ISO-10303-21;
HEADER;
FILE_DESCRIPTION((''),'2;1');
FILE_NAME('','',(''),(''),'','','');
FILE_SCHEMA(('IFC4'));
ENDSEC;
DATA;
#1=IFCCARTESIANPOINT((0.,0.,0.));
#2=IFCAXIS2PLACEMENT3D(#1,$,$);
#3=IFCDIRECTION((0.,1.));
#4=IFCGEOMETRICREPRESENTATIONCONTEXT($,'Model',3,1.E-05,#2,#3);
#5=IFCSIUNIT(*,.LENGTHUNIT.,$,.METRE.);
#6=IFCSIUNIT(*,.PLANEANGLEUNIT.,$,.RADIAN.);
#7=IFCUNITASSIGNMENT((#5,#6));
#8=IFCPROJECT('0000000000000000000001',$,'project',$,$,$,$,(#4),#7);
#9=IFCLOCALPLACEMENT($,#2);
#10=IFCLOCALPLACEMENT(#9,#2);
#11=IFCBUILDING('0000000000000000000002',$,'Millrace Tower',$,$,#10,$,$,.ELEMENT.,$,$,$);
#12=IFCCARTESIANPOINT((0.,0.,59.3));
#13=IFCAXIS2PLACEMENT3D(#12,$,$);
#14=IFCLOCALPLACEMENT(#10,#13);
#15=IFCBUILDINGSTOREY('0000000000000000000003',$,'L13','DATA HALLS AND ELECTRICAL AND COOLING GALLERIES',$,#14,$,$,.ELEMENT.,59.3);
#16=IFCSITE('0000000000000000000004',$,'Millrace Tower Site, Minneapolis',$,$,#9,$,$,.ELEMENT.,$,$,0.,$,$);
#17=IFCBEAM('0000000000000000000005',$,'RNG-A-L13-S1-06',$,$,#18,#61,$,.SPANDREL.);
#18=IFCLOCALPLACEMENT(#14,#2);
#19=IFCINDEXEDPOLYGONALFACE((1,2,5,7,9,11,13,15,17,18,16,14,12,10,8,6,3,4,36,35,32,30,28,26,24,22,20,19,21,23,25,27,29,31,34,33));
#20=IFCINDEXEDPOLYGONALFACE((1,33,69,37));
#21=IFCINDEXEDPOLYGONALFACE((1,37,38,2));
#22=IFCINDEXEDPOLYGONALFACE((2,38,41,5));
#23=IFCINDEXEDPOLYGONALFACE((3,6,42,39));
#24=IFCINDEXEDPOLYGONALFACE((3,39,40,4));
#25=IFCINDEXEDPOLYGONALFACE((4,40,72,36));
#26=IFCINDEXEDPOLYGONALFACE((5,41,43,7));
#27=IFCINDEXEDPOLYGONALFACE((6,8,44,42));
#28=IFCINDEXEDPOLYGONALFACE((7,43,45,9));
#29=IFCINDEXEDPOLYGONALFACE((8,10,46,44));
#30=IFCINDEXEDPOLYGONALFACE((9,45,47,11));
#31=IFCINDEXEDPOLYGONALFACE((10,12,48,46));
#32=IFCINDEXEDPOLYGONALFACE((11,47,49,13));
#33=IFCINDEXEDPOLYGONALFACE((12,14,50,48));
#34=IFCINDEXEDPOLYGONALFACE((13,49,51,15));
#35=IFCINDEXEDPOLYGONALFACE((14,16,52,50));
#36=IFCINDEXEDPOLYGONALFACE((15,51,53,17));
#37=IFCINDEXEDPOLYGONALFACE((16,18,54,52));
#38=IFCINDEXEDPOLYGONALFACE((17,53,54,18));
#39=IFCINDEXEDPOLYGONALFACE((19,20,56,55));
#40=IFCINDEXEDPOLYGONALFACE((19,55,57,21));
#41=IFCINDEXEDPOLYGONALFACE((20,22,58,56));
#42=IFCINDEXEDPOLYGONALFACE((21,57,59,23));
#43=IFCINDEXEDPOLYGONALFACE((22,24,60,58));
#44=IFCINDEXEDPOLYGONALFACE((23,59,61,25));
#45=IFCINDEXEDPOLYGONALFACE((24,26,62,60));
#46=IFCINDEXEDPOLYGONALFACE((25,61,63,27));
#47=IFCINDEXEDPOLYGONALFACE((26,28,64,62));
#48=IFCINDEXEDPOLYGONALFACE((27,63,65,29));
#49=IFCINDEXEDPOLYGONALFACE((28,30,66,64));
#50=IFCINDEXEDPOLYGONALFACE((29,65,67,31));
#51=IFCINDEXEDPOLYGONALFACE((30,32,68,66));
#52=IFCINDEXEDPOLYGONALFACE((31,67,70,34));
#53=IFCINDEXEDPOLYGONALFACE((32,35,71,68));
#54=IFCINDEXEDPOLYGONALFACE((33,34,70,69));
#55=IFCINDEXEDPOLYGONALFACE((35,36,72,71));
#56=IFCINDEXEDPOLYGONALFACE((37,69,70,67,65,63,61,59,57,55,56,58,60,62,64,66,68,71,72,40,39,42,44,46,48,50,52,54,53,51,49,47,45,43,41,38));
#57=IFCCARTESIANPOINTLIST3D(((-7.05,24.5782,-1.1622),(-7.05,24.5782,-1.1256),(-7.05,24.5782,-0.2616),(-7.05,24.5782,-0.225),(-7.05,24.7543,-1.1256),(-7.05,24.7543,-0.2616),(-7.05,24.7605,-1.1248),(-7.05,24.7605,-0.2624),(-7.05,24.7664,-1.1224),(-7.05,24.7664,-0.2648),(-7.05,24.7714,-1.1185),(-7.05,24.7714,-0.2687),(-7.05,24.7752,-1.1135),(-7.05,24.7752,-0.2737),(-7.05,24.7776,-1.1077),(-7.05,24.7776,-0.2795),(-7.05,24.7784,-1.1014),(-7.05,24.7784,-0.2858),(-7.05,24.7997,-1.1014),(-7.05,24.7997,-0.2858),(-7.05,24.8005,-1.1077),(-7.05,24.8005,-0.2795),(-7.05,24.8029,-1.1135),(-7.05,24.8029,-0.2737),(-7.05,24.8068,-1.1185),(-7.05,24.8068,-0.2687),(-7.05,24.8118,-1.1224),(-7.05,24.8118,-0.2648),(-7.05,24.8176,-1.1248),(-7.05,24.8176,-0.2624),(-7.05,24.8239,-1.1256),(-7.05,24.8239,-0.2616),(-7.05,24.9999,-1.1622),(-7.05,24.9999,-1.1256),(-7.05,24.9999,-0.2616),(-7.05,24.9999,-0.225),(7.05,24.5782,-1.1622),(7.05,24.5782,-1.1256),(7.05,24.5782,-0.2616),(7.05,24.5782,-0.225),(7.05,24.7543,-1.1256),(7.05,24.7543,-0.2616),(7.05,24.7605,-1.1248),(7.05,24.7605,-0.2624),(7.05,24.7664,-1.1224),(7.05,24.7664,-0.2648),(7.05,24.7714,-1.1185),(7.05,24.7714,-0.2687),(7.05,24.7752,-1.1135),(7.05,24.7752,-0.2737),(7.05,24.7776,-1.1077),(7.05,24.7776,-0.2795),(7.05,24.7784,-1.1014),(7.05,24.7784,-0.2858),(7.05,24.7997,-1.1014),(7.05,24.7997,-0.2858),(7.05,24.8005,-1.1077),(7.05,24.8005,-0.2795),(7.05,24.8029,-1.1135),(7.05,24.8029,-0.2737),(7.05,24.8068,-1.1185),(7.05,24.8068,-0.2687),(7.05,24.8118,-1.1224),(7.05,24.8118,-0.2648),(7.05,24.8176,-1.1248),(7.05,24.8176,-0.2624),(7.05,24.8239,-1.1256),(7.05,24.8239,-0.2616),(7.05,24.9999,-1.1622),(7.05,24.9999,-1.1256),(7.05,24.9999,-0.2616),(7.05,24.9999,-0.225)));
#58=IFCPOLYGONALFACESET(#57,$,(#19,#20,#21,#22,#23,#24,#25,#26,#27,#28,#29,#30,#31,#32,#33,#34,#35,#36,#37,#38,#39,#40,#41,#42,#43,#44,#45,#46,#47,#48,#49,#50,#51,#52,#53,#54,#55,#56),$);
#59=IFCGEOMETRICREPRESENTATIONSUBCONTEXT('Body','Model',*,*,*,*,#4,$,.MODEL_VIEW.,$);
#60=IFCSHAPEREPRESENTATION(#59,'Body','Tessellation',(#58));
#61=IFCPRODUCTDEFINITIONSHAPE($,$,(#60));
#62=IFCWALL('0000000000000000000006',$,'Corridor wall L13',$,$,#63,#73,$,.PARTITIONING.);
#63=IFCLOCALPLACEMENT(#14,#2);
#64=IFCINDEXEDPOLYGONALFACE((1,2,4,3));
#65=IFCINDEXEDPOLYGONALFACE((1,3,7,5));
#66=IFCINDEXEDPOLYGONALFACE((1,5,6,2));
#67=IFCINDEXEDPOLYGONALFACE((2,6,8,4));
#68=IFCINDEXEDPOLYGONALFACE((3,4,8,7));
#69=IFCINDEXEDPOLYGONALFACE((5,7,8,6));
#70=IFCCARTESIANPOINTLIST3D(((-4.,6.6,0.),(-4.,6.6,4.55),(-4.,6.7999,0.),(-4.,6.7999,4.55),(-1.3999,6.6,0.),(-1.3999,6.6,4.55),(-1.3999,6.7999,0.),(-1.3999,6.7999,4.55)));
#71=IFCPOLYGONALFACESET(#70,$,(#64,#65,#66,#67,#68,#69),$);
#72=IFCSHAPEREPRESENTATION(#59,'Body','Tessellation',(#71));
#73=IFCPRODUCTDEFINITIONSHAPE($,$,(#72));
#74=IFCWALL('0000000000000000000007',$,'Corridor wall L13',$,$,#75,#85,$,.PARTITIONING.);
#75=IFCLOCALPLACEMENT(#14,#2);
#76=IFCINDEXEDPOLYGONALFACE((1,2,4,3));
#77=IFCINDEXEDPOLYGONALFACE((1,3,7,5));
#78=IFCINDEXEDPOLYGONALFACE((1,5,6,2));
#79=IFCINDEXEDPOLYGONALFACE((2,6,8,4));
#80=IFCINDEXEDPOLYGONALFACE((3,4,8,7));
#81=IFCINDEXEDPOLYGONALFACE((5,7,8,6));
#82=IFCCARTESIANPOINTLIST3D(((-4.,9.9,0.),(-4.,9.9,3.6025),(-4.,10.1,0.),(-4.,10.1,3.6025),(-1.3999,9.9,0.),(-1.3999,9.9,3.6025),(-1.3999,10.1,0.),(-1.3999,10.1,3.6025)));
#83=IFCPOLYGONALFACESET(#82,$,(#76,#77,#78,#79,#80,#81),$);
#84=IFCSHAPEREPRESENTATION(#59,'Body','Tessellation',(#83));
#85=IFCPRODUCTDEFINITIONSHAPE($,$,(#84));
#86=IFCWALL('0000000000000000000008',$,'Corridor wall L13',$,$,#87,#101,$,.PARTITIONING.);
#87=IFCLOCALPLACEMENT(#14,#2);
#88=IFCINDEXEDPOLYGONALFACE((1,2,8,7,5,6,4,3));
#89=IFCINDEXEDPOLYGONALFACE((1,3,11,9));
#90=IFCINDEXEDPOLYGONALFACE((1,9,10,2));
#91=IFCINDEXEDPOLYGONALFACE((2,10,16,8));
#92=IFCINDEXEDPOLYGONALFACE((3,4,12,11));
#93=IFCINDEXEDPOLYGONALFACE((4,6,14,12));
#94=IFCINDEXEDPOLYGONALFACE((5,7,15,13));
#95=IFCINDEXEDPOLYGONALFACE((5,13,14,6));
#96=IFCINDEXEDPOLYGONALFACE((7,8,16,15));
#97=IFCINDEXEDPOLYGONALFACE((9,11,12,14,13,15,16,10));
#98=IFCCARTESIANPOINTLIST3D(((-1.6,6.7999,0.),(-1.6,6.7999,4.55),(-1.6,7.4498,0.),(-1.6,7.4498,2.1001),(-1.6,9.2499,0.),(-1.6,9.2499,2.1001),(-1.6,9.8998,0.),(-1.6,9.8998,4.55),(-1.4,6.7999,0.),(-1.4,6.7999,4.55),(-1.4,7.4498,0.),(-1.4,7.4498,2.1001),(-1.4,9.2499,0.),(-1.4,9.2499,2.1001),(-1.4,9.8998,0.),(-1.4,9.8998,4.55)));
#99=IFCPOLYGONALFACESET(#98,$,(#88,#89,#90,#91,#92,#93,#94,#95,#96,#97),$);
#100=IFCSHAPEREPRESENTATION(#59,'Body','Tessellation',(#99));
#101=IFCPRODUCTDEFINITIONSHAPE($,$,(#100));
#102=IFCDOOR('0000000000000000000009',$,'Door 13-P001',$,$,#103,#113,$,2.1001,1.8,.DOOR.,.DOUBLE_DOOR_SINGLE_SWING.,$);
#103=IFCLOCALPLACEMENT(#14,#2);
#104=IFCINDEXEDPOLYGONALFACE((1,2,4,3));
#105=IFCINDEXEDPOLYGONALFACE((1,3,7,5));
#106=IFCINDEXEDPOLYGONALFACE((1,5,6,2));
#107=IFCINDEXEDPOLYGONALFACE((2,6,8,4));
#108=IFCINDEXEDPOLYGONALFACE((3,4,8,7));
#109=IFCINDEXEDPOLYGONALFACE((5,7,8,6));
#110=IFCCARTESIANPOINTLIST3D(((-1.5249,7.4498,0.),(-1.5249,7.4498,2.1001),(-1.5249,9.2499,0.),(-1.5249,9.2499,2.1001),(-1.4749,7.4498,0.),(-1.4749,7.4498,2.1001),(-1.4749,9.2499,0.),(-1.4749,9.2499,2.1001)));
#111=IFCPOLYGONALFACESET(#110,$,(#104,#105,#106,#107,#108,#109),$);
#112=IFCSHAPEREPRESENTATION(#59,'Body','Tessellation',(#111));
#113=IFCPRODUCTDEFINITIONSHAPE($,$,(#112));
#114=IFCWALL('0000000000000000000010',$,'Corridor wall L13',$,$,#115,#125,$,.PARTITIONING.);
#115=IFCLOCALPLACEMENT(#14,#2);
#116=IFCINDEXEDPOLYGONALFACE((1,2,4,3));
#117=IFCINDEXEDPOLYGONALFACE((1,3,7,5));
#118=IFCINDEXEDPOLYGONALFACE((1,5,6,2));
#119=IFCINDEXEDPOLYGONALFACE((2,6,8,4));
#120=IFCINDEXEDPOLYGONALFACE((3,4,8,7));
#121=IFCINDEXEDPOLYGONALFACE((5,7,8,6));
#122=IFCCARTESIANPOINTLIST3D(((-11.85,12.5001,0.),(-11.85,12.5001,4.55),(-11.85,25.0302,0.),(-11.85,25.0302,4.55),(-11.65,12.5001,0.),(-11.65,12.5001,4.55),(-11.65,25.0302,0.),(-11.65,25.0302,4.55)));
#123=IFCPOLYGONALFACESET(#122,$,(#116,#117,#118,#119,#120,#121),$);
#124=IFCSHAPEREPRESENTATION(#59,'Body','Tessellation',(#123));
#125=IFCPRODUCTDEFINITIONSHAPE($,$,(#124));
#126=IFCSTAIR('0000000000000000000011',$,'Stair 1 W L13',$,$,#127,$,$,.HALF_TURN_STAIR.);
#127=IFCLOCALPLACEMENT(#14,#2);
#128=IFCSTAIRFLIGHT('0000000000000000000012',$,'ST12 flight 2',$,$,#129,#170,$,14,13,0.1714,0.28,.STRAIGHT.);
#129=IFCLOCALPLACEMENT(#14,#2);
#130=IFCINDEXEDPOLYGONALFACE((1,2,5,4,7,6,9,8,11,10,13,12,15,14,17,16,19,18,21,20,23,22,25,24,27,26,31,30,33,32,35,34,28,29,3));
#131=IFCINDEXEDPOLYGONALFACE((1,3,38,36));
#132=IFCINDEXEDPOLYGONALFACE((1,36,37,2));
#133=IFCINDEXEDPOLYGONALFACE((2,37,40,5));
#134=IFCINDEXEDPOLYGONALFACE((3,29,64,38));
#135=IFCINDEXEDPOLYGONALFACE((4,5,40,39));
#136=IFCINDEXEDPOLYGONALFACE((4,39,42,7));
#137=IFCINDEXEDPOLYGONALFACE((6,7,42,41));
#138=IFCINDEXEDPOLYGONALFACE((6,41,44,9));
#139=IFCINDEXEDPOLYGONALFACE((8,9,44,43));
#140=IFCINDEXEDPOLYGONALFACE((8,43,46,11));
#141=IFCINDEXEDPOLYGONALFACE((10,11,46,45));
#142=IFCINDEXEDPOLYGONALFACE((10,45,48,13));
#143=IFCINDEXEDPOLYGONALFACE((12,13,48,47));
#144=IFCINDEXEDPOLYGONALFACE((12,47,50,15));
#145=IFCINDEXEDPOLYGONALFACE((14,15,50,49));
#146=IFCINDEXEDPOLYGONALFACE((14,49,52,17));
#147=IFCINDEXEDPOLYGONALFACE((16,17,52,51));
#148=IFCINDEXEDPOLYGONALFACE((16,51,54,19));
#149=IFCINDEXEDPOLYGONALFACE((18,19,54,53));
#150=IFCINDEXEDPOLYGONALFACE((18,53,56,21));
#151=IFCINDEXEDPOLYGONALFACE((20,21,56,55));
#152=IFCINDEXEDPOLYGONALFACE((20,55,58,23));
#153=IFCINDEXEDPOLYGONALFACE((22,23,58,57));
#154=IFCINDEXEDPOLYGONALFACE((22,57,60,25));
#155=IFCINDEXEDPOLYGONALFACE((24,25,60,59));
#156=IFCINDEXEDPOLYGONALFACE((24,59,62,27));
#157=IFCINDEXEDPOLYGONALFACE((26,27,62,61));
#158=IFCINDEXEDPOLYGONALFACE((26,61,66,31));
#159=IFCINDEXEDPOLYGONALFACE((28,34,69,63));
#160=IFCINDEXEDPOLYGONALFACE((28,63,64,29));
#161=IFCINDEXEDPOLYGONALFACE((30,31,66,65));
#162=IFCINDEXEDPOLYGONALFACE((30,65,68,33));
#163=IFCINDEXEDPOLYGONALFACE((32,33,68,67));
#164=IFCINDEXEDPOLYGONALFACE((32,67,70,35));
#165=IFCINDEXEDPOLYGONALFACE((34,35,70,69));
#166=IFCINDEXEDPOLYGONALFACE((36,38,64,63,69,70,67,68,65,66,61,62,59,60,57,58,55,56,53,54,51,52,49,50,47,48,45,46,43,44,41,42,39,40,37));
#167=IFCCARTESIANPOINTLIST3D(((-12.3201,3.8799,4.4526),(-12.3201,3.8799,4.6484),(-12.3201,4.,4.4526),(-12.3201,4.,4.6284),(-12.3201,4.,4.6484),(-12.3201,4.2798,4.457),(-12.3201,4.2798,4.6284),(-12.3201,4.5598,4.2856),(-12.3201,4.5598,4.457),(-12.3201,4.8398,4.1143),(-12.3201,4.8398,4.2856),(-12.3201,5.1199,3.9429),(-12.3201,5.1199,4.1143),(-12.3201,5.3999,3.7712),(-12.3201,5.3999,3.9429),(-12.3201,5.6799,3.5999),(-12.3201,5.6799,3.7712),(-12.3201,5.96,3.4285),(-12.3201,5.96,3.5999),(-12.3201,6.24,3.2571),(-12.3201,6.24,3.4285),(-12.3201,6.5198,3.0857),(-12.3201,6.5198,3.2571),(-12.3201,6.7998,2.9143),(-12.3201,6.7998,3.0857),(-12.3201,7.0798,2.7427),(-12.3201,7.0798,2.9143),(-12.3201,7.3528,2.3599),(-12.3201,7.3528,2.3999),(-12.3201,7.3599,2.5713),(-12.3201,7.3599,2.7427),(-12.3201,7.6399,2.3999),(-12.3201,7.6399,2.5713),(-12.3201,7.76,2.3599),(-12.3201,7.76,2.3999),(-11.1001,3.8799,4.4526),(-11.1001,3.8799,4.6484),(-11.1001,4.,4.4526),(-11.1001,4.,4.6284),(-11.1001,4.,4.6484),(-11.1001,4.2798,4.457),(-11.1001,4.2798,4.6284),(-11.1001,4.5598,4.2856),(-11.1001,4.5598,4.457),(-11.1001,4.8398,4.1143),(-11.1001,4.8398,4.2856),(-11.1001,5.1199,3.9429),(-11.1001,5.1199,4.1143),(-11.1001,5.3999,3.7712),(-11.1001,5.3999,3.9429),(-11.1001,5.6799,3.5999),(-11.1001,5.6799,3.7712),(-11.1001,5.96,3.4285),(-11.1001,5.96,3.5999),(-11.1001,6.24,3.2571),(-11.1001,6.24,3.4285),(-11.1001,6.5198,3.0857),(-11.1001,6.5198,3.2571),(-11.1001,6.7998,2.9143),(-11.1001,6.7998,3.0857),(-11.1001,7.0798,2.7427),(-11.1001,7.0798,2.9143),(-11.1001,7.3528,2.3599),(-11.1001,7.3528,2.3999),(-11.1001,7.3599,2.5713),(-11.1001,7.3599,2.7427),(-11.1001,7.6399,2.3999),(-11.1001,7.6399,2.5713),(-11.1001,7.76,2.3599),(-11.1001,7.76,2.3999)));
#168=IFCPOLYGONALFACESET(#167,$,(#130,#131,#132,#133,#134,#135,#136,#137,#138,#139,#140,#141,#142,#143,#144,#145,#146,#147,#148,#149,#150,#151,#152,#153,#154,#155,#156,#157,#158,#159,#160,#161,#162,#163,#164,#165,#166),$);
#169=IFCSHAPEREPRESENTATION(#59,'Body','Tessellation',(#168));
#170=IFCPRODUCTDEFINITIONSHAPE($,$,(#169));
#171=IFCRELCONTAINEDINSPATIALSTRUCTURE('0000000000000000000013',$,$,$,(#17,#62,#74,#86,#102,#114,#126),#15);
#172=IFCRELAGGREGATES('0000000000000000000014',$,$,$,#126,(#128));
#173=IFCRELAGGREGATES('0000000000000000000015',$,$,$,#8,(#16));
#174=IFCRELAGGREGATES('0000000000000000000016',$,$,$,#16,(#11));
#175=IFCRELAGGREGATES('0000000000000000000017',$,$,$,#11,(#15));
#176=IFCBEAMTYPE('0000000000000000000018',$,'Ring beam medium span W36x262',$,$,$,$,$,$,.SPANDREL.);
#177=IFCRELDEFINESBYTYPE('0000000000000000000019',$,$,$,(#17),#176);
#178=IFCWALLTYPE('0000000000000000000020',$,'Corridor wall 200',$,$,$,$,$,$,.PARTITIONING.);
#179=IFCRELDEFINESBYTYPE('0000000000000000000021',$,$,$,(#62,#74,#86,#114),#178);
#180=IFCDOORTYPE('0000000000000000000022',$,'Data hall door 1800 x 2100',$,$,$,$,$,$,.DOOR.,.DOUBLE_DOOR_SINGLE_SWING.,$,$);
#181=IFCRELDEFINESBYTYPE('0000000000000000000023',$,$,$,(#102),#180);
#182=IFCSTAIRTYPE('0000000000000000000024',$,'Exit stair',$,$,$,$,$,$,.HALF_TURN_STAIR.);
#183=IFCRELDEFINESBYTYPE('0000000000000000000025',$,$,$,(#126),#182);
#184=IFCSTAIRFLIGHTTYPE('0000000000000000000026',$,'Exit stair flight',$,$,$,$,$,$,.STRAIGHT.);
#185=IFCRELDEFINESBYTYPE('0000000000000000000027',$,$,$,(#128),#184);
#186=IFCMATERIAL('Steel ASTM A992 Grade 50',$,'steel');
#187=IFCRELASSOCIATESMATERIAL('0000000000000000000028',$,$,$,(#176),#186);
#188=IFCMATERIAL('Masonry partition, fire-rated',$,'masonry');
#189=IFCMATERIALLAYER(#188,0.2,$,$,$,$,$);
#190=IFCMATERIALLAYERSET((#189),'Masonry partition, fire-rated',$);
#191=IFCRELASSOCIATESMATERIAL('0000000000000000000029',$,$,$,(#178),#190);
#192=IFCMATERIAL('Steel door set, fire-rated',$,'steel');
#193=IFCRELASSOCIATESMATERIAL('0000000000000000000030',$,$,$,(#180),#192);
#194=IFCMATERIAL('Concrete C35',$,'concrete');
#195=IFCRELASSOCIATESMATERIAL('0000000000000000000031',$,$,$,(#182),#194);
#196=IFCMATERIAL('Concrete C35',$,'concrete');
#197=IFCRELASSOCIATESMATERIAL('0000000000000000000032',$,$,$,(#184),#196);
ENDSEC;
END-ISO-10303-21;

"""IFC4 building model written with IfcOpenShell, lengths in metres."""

from ifc_helpers import new_model, si_unit, direction, frame, frame_2d, origin, origin_2d, place, context, subcontext, project, spatial, polyline, rectangle, i_section, outline, extrude, material, layer, layer_set, material_profile, profile_set, type_object, element, fill, aggregate, save


model = new_model("IFC4")

# Units and contexts
model_context = context("Model", 3, precision=1e-05, world=origin(), true_north=direction((0.0, 1.0)))
body_context = subcontext(model_context, "Body", "Model", "MODEL_VIEW")
ifc_project = project(units=[si_unit("LENGTHUNIT", "METRE"), si_unit("PLANEANGLEUNIT", "RADIAN")], contexts=[model_context])

# Site, building, storey
site_placement = place(None, origin())
site = spatial("IfcSite", under=ifc_project, at=site_placement, Name="Millrace Tower Site, Minneapolis", CompositionType="ELEMENT", RefElevation=0.0)
building_placement = place(site_placement, origin())
building = spatial("IfcBuilding", under=site, at=building_placement, Name="Millrace Tower", CompositionType="ELEMENT")
storey_placement = place(building_placement, frame((0.0, 0.0, 59.3)))
storey = spatial("IfcBuildingStorey", under=building, at=storey_placement, Name="L13", Description="DATA HALLS AND ELECTRICAL AND COOLING GALLERIES", CompositionType="ELEMENT", Elevation=59.3)

# Shared definitions
placement = place(storey_placement, origin())

# Beam
ifc_material_1 = material(Name="Steel ASTM A992 Grade 50", Category="steel")
ifc_material_profile_1 = material_profile(ifc_material_1, i_section(OverallWidth=0.4216, OverallDepth=0.9373, WebThickness=0.0212, FlangeThickness=0.0366, FilletRadius=0.0242, at=origin_2d()))
ifc_profile_set_1 = profile_set([ifc_material_profile_1], Name="Steel ASTM A992 Grade 50")
beam_type_1 = type_object("IfcBeamType", Name="Ring beam medium span W36x262", PredefinedType="SPANDREL", material=ifc_profile_set_1)
beam_1_placement = place(storey_placement, frame((-7.05, 24.7891, -0.6936), z_axis=(1.0, 0.0, 0.0), x_axis=(0.0, 1.0, 0.0)))
element("IfcBeam", 1, at=beam_1_placement, inside=storey, type_object=beam_type_1, Name="RNG-A-L13-S1-06", PredefinedType="SPANDREL", context=body_context, shape_type="SweptSolid", body=[
    extrude(i_section(OverallWidth=0.4216, OverallDepth=0.9373, WebThickness=0.0212, FlangeThickness=0.0366, FilletRadius=0.0242, at=origin_2d()), origin(), (0.0, 0.0, 1.0), 14.1001),
])

# Walls
ifc_material_2 = material(Name="Masonry partition, fire-rated", Category="masonry")
ifc_layer_1 = layer(ifc_material_2, 0.2)
ifc_layer_set_1 = layer_set([ifc_layer_1], Name="Masonry partition, fire-rated")
wall_type = type_object("IfcWallType", Name="Corridor wall 200", PredefinedType="PARTITIONING", material=ifc_layer_set_1)
wall_1_placement = place(storey_placement, frame((-4.0, 6.7, 0.0), z_axis=(0.0, 0.0, 1.0), x_axis=(1.0, 0.0, 0.0)))
element("IfcWall", 2, at=wall_1_placement, inside=storey, type_object=wall_type, Name="Corridor wall L13", PredefinedType="PARTITIONING", context=body_context, shape_type="SweptSolid", body=[
    extrude(rectangle(XDim=2.6001, YDim=0.2, at=frame_2d((1.3, 0.0))), origin(), (0.0, 0.0, 1.0), 4.55),
])
wall_2_placement = place(storey_placement, frame((-4.0, 10.0, 0.0), z_axis=(0.0, 0.0, 1.0), x_axis=(1.0, 0.0, 0.0)))
element("IfcWall", 3, at=wall_2_placement, inside=storey, type_object=wall_type, Name="Corridor wall L13", PredefinedType="PARTITIONING", context=body_context, shape_type="SweptSolid", body=[
    extrude(rectangle(XDim=2.6001, YDim=0.2, at=frame_2d((1.3, 0.0))), origin(), (0.0, 0.0, 1.0), 3.6025),
])

# Wall, opening, door
wall_3_placement = place(storey_placement, frame((-1.5, 6.8, 0.0), z_axis=(0.0, 0.0, 1.0), x_axis=(0.0, 1.0, 0.0)))
wall_3 = element("IfcWall", 4, at=wall_3_placement, inside=storey, type_object=wall_type, Name="Corridor wall L13", PredefinedType="PARTITIONING", context=body_context, shape_type="SweptSolid", body=[
    extrude(rectangle(XDim=3.0999, YDim=0.2, at=frame_2d((1.5498, 0.0))), origin(), (0.0, 0.0, 1.0), 4.55),
])
opening_placement = place(wall_3_placement, frame((0.6499, 0.0, 0.0)))
opening = element("IfcOpeningElement", 5, at=opening_placement, cuts=wall_3, PredefinedType="OPENING", context=body_context, shape_type="SweptSolid", body=[
    extrude(rectangle(XDim=1.8, YDim=2.1001, at=frame_2d((0.8999, 1.05))), frame((0.0, 0.1099, 0.0), z_axis=(0.0, -1.0, 0.0), x_axis=(1.0, 0.0, 0.0)), (0.0, 0.0, 1.0), 0.22),
])
ifc_material_3 = material(Name="Steel door set, fire-rated", Category="steel")
door_type = type_object("IfcDoorType", Name="Data hall door 1800 x 2100", OperationType="DOUBLE_DOOR_SINGLE_SWING", PredefinedType="DOOR", material=ifc_material_3)
door_placement = place(opening_placement, origin())
door = element("IfcDoor", 6, at=door_placement, inside=storey, type_object=door_type, Name="Door 13-P001", OperationType="DOUBLE_DOOR_SINGLE_SWING", OverallHeight=2.1001, OverallWidth=1.8, PredefinedType="DOOR", context=body_context, shape_type="SweptSolid", body=[
    extrude(rectangle(XDim=1.8, YDim=2.1001, at=frame_2d((0.8999, 1.05))), frame((0.0, 0.0249, 0.0), z_axis=(0.0, -1.0, 0.0), x_axis=(1.0, 0.0, 0.0)), (0.0, 0.0, 1.0), 0.05),
])
fill(opening, door)

# Wall
wall_4_placement = place(storey_placement, frame((-11.75, 12.5, 0.0), z_axis=(0.0, 0.0, 1.0), x_axis=(0.0, 1.0, 0.0)))
element("IfcWall", 7, at=wall_4_placement, inside=storey, type_object=wall_type, Name="Corridor wall L13", PredefinedType="PARTITIONING", context=body_context, shape_type="SweptSolid", body=[
    extrude(rectangle(XDim=12.53, YDim=0.2, at=frame_2d((6.2651, 0.0))), origin(), (0.0, 0.0, 1.0), 4.55),
])

# Stair, stair flight
ifc_material_4 = material(Name="Concrete C35", Category="concrete")
stair_type = type_object("IfcStairType", Name="Exit stair", PredefinedType="HALF_TURN_STAIR", material=ifc_material_4)
stair_1 = element("IfcStair", 8, at=placement, inside=storey, type_object=stair_type, Name="Stair 1 W L13", PredefinedType="HALF_TURN_STAIR")
ifc_material_5 = material(Name="Concrete C35", Category="concrete")
stair_flight_type = type_object("IfcStairFlightType", Name="Exit stair flight", PredefinedType="STRAIGHT", material=ifc_material_5)
stair_flight_1_placement = place(storey_placement, frame((-11.71, 7.6399, 2.3999), z_axis=(0.0, 0.0, 1.0), x_axis=(0.0, -1.0, 0.0)))
stair_flight_1 = element("IfcStairFlight", 9, at=stair_flight_1_placement, type_object=stair_flight_type, Name="ST12 flight 2", NumberOfRisers=14, NumberOfTreads=13, PredefinedType="STRAIGHT", RiserHeight=0.1714, TreadLength=0.28, context=body_context, shape_type="SweptSolid", body=[
    extrude(outline(polyline([(-0.1201, -0.04), (-0.1201, 0.0), (0.0, 0.0), (0.0, 0.1714), (0.28, 0.1714), (0.28, 0.3428), (0.5601, 0.3428), (0.5601, 0.5144), (0.8401, 0.5144), (0.8401, 0.6858), (1.1201, 0.6858), (1.1201, 0.8572), (1.3999, 0.8572), (1.3999, 1.0286), (1.6799, 1.0286), (1.6799, 1.2), (1.96, 1.2), (1.96, 1.3713), (2.24, 1.3713), (2.24, 1.543), (2.52, 1.543), (2.52, 1.7144), (2.8, 1.7144), (2.8, 1.8857), (3.0801, 1.8857), (3.0801, 2.0571), (3.3601, 2.0571), (3.3601, 2.2285), (3.6399, 2.2285), (3.6399, 2.2485), (3.76, 2.2485), (3.76, 2.0527), (3.6399, 2.0527), (0.2871, 0.0), (0.2871, -0.04), (-0.1201, -0.04)])), frame((0.0, 0.6099, 0.0), z_axis=(0.0, -1.0, 0.0), x_axis=(1.0, 0.0, 0.0)), (0.0, 0.0, 1.0), 1.22),
])
aggregate(stair_1, [stair_flight_1])

save(model, "model.ifc")
